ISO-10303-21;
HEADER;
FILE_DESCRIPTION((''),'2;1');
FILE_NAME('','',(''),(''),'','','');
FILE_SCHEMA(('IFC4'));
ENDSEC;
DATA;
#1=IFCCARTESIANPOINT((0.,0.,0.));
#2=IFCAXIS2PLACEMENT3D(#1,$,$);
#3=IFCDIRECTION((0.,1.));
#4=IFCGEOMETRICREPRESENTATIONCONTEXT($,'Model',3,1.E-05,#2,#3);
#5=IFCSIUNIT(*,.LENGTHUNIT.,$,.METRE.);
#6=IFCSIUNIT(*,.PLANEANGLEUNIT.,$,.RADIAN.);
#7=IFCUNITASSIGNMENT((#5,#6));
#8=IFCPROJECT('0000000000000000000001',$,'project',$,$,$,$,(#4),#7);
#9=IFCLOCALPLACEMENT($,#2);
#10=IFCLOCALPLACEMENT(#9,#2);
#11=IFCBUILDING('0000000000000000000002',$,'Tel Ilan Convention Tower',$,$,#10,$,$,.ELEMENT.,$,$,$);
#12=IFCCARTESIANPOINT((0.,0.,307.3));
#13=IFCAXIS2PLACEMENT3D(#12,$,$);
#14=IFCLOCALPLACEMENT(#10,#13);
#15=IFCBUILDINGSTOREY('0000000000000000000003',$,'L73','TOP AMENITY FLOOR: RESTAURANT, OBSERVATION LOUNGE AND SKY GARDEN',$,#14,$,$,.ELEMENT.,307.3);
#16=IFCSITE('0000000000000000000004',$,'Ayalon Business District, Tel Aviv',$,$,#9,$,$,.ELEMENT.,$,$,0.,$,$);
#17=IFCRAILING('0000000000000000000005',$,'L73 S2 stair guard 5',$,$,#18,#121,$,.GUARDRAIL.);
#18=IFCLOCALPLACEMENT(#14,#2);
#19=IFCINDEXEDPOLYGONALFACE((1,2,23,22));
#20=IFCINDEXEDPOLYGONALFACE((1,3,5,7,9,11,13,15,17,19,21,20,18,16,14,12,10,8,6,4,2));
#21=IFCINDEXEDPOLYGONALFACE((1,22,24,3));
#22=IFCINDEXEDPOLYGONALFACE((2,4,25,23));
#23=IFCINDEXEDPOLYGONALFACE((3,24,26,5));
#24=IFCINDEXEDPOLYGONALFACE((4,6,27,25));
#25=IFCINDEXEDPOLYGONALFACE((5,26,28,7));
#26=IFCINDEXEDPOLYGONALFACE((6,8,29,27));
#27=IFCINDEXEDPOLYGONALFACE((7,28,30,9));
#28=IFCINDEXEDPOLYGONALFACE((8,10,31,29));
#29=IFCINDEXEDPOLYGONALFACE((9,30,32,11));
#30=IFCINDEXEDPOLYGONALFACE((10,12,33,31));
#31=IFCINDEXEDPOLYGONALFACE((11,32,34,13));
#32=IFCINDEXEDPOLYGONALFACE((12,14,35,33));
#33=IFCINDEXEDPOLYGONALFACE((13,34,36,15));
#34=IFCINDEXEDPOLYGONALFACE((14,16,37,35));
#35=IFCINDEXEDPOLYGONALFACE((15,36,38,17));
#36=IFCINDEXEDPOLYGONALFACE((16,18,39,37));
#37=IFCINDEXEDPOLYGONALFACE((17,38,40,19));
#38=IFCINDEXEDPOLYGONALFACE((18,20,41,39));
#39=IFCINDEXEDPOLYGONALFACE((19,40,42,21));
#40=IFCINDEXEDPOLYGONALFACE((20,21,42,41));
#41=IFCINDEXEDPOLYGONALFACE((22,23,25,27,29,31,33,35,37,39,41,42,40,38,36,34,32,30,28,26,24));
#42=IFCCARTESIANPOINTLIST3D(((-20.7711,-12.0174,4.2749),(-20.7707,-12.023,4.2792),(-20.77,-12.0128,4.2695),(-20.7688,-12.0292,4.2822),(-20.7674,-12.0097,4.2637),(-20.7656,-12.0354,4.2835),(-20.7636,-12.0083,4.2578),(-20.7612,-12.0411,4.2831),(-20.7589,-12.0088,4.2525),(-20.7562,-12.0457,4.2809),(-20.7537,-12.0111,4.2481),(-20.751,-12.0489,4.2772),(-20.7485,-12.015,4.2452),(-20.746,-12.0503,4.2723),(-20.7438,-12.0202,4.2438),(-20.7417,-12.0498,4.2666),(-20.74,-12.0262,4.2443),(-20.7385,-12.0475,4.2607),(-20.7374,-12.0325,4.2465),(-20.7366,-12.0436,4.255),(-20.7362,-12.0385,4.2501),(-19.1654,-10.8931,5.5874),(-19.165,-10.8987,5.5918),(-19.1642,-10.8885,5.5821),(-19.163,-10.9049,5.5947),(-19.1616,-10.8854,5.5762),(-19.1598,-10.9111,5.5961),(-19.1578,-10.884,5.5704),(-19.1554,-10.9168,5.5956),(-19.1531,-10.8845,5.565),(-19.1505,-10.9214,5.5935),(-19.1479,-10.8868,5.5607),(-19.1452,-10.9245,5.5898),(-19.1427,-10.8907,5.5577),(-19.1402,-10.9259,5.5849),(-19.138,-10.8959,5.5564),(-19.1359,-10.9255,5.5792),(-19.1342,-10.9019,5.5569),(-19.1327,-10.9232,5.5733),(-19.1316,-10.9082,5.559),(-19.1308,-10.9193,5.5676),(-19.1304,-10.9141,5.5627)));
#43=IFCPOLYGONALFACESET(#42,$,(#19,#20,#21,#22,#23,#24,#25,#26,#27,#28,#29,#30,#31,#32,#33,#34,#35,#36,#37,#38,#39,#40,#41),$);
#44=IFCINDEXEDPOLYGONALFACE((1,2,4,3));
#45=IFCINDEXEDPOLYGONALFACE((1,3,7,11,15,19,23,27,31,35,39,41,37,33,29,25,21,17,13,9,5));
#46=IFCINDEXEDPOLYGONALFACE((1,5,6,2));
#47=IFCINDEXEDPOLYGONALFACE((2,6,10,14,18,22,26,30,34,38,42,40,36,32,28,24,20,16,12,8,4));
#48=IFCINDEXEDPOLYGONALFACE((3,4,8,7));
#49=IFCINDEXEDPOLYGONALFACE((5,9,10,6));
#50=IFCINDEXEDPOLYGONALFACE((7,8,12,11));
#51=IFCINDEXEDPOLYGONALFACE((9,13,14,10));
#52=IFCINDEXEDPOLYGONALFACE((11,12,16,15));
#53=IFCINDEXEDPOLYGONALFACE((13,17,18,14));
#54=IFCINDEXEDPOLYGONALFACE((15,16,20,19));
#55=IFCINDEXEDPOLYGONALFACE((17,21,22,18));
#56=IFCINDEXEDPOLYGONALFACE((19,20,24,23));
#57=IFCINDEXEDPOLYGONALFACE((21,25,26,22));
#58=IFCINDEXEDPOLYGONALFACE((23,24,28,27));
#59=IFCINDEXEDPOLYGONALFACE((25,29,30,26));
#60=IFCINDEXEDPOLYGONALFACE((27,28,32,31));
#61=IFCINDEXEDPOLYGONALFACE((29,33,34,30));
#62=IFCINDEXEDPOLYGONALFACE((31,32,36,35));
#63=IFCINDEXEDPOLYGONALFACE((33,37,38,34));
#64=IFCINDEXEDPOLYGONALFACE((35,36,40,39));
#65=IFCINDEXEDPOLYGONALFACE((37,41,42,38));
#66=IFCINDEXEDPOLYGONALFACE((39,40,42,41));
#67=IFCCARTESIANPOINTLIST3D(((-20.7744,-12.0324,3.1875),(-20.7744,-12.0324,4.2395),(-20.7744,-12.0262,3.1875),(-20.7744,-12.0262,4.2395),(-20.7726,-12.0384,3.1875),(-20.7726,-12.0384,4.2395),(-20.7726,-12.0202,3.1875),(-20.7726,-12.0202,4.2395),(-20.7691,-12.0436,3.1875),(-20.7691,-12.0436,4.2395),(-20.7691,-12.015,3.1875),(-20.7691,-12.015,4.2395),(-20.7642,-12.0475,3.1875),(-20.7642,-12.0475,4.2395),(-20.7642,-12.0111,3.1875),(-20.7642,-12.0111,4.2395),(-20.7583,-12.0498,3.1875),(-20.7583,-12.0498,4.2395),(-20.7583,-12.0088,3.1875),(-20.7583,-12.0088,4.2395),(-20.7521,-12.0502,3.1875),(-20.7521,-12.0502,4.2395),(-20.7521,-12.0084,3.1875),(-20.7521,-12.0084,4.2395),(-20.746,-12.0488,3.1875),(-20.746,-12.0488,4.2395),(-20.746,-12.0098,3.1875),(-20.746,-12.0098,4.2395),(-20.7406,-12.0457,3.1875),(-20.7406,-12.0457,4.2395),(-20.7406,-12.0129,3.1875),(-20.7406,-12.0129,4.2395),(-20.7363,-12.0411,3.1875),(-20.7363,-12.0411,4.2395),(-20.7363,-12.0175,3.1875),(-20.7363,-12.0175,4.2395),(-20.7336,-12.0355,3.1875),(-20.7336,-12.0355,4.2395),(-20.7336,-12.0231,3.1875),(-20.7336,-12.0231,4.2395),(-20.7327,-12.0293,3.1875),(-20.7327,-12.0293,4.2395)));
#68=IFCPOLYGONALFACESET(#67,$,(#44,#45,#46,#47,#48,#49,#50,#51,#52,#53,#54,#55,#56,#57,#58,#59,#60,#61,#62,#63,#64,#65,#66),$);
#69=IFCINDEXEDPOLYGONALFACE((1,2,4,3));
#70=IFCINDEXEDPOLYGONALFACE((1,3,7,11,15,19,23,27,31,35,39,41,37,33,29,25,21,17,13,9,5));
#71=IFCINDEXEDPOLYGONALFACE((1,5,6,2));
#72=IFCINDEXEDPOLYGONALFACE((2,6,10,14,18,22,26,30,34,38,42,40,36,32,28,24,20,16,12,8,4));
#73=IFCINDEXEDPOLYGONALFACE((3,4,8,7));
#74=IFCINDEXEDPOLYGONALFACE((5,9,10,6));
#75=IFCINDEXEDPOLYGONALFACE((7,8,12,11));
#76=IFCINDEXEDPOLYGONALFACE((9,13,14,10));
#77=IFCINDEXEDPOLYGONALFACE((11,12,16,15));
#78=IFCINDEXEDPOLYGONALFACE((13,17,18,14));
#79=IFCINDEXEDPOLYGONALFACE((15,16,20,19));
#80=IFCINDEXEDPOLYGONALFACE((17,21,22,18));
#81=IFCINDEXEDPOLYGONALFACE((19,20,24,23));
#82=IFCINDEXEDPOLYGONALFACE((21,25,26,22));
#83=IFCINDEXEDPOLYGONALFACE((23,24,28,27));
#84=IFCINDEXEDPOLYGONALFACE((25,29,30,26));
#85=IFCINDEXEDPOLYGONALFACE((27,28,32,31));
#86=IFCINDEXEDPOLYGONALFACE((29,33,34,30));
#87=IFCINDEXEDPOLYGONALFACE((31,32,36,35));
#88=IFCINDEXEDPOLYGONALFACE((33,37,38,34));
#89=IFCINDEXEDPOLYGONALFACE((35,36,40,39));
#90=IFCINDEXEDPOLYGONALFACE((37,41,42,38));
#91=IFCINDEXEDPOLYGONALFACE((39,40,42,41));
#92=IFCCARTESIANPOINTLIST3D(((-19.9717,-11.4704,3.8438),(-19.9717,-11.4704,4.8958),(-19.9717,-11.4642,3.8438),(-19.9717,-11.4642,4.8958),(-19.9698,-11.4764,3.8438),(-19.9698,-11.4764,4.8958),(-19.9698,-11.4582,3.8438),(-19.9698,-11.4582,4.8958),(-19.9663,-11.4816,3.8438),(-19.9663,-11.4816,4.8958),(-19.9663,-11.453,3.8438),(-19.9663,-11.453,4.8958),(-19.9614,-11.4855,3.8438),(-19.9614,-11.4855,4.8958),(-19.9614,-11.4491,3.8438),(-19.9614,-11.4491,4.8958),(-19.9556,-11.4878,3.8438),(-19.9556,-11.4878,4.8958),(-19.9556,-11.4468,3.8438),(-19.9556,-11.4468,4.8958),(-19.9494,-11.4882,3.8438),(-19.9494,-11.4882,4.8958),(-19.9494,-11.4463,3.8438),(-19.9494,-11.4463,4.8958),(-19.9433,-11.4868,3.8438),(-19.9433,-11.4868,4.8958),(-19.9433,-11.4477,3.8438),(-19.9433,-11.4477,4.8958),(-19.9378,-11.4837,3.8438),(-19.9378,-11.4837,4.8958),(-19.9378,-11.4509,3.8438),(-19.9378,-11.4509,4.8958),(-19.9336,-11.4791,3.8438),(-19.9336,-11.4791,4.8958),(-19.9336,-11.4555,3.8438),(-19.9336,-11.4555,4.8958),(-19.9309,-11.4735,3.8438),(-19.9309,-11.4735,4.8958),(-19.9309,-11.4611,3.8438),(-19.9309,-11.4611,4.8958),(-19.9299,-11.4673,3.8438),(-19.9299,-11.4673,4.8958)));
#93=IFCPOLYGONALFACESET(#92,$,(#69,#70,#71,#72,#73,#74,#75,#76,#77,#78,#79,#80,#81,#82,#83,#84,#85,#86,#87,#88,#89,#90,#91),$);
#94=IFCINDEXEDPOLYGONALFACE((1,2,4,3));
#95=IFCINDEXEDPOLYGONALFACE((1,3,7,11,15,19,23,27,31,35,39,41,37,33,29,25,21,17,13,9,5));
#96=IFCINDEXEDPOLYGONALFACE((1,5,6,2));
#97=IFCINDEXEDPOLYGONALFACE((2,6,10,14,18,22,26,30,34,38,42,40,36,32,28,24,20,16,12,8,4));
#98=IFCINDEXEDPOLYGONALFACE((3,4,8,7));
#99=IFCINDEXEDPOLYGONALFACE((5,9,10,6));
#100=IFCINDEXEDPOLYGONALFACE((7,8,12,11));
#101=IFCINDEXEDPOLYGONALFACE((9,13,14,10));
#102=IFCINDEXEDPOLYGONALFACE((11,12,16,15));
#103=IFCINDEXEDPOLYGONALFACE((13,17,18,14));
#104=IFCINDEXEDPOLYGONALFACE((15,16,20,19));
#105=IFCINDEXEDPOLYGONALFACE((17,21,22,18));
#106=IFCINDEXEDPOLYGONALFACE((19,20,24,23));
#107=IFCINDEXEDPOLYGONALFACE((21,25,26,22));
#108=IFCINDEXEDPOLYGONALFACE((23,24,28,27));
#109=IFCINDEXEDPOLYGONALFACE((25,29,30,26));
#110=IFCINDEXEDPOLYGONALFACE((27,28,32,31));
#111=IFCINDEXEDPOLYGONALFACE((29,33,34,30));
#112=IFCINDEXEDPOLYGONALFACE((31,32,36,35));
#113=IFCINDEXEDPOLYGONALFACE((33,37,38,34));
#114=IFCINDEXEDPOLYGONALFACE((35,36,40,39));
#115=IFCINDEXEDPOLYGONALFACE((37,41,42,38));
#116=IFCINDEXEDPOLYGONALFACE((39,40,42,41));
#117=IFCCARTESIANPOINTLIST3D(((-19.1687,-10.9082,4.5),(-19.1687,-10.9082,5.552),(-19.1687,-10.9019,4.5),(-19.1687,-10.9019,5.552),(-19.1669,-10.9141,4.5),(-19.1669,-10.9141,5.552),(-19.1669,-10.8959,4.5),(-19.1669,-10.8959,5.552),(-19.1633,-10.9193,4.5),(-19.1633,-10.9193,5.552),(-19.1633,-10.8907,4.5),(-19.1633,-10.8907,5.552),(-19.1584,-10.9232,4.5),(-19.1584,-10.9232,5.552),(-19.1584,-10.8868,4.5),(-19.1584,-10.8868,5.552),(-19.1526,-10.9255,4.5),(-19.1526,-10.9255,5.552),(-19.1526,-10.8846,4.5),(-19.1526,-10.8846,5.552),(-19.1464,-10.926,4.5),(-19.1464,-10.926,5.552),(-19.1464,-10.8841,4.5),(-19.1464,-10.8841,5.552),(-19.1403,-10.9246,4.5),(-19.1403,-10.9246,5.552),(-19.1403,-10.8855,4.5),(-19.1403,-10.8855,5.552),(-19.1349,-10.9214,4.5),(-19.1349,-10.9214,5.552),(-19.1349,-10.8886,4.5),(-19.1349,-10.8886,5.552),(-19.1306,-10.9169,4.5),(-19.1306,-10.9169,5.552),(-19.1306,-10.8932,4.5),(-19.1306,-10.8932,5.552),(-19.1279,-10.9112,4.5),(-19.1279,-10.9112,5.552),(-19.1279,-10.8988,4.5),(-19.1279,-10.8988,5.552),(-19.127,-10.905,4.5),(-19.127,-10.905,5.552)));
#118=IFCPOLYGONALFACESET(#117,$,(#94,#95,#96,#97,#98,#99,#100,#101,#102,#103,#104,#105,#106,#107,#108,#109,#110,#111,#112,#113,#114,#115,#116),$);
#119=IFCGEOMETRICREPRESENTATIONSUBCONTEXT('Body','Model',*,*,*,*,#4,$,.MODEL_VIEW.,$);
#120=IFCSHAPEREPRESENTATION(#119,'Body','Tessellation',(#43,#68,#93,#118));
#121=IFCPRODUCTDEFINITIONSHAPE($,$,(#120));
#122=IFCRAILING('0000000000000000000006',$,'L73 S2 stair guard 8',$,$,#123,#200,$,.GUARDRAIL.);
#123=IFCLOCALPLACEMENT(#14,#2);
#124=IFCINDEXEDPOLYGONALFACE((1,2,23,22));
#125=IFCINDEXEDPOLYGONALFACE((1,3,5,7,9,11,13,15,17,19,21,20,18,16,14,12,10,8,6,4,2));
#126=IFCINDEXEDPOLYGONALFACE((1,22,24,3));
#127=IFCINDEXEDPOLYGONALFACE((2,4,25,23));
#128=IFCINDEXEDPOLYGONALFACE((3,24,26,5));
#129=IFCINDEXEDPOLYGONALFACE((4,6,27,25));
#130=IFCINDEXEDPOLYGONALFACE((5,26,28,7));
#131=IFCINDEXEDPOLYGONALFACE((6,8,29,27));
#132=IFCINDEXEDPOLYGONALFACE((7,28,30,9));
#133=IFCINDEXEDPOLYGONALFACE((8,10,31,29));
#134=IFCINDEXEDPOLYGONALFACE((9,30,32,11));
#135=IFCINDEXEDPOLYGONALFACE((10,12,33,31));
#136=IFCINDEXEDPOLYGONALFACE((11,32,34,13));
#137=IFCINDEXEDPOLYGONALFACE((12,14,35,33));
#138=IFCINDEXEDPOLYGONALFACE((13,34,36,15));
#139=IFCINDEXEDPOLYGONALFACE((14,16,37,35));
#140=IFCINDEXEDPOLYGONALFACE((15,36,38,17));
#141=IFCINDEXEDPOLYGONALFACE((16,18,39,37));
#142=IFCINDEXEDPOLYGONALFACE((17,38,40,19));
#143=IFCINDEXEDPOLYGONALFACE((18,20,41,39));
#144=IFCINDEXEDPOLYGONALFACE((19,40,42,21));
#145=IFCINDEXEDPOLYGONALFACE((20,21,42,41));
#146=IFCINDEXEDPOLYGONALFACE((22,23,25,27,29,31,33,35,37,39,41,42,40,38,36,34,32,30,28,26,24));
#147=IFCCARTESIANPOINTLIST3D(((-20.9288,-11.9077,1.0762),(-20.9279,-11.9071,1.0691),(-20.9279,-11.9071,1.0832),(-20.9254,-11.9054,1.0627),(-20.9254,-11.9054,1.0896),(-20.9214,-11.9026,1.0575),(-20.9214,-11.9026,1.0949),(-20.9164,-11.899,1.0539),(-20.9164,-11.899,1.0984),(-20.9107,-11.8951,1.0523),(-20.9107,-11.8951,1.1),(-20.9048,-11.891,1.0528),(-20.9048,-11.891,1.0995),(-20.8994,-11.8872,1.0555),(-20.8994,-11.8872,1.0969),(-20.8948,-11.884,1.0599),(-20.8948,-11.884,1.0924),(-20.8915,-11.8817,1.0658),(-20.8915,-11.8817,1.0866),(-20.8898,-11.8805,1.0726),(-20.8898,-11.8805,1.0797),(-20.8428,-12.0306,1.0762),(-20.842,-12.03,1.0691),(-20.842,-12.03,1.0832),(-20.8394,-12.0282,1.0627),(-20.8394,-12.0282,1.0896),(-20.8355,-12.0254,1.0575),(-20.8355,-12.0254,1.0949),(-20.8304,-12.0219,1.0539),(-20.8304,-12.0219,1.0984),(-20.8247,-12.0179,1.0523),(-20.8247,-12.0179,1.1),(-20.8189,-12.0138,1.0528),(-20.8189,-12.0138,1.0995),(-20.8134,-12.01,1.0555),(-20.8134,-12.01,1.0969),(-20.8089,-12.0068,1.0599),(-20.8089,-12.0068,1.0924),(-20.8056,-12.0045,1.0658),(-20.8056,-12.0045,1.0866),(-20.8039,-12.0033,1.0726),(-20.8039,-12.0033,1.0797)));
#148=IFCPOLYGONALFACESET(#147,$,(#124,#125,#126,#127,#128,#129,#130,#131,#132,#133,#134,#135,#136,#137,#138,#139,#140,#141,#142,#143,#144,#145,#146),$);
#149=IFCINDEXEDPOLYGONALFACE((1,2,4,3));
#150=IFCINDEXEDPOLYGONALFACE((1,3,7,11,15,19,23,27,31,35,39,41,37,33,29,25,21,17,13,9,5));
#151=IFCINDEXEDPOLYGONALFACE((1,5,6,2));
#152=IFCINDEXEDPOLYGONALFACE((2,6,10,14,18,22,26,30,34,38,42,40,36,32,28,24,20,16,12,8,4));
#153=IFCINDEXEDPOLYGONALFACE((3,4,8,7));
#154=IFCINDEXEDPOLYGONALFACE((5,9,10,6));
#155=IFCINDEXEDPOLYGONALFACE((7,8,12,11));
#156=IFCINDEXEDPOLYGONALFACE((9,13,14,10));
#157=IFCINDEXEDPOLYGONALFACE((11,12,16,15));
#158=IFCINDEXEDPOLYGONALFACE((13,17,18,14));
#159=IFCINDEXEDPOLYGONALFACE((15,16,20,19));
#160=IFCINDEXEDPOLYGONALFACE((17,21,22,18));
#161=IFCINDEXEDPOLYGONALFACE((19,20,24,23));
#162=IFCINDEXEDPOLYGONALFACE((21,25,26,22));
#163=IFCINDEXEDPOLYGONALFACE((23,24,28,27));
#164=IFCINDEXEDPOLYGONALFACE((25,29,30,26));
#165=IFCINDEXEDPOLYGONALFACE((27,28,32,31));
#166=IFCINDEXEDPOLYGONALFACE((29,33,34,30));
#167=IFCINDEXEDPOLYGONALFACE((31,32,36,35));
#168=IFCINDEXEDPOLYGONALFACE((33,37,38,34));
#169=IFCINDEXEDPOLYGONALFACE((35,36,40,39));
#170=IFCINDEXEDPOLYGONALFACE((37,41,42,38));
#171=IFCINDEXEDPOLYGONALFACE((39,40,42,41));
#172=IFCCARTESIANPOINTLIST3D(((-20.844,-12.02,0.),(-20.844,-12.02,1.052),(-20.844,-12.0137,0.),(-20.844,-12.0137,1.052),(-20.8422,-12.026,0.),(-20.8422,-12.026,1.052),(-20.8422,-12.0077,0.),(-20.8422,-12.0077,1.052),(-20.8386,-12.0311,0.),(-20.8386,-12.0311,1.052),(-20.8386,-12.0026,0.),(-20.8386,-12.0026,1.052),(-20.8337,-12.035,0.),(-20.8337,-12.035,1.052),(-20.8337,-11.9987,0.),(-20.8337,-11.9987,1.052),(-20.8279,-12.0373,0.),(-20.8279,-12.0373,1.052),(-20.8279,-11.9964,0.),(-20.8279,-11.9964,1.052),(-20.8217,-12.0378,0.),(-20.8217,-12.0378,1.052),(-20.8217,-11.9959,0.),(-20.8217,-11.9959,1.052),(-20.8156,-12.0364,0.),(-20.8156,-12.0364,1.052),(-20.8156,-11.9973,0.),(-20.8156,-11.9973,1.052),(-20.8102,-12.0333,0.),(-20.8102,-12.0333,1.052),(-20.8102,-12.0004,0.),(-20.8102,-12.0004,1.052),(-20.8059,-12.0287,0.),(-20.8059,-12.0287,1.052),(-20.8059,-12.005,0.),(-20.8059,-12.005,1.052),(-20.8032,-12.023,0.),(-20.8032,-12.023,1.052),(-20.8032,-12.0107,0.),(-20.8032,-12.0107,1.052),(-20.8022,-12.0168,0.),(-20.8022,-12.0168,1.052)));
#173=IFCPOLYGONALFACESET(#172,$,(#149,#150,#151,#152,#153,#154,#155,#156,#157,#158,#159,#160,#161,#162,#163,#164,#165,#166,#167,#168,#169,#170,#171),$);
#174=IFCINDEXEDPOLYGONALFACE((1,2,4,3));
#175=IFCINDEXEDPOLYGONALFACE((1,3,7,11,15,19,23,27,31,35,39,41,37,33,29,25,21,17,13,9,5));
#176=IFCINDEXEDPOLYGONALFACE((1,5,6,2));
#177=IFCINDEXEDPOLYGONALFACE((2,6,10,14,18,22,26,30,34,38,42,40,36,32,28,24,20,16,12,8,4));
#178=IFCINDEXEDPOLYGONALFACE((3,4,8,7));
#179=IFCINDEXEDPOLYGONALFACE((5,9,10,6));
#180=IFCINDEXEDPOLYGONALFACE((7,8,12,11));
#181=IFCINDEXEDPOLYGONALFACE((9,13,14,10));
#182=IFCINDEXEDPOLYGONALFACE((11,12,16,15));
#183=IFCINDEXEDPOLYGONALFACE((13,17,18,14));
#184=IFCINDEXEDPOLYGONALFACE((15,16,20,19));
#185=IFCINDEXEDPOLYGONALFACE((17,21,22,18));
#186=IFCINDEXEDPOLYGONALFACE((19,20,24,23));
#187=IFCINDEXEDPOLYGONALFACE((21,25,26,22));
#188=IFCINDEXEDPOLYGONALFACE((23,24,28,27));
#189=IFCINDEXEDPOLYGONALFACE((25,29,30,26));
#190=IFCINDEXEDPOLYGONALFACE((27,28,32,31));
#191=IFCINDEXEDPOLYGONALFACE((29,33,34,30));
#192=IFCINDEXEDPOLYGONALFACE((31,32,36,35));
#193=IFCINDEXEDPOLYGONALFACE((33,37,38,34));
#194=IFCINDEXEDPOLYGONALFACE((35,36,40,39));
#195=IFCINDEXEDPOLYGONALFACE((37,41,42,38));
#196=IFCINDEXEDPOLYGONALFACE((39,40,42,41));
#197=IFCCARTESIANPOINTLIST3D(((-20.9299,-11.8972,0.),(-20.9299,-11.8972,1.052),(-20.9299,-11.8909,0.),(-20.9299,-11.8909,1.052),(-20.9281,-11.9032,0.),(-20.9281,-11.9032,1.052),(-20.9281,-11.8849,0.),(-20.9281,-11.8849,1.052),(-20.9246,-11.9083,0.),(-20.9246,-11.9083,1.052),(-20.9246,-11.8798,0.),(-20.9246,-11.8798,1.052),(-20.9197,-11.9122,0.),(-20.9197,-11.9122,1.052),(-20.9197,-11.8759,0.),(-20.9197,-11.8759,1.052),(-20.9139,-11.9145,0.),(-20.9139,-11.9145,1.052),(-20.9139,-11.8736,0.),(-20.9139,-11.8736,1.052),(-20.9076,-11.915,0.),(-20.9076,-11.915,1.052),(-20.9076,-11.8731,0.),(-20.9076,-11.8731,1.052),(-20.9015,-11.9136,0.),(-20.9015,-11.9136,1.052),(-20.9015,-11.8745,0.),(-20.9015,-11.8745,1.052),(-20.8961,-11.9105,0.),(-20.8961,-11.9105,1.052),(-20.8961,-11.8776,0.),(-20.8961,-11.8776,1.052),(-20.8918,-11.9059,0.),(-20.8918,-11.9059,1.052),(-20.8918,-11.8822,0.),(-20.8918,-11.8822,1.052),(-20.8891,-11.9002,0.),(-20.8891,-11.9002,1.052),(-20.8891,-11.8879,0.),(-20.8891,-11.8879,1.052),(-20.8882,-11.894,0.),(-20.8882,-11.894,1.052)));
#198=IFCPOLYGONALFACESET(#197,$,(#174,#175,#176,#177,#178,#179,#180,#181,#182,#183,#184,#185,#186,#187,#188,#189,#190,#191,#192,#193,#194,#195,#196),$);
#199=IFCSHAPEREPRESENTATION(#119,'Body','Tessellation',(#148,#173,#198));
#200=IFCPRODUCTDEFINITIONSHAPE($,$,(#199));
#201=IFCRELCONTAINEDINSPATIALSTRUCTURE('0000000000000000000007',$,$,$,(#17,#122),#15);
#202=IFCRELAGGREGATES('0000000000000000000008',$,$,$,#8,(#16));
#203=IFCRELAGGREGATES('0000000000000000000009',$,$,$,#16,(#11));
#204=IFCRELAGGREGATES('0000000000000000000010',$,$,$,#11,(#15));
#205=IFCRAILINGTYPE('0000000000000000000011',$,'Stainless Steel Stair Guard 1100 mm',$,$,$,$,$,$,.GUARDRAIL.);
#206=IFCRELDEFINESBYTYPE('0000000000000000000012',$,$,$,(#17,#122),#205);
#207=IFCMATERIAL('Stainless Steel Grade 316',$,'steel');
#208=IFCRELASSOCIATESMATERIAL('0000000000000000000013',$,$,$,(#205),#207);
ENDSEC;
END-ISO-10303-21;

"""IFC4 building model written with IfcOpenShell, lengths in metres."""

from ifc_helpers import new_model, si_unit, direction, frame, origin, origin_2d, place, context, subcontext, project, spatial, circle, extrude, material, type_object, element, save


model = new_model("IFC4")

# Units and contexts
model_context = context("Model", 3, precision=1e-05, world=origin(), true_north=direction((0.0, 1.0)))
body_context = subcontext(model_context, "Body", "Model", "MODEL_VIEW")
ifc_project = project(units=[si_unit("LENGTHUNIT", "METRE"), si_unit("PLANEANGLEUNIT", "RADIAN")], contexts=[model_context])

# Site, building, storey
site_placement = place(None, origin())
site = spatial("IfcSite", under=ifc_project, at=site_placement, Name="Ayalon Business District, Tel Aviv", CompositionType="ELEMENT", RefElevation=0.0)
building_placement = place(site_placement, origin())
building = spatial("IfcBuilding", under=site, at=building_placement, Name="Tel Ilan Convention Tower", CompositionType="ELEMENT")
storey_placement = place(building_placement, frame((0.0, 0.0, 307.3)))
storey = spatial("IfcBuildingStorey", under=building, at=storey_placement, Name="L73", Description="TOP AMENITY FLOOR: RESTAURANT, OBSERVATION LOUNGE AND SKY GARDEN", CompositionType="ELEMENT", Elevation=307.3)

# Railings
ifc_material_1 = material(Name="Stainless Steel Grade 316", Category="steel")
railing_type = type_object("IfcRailingType", Name="Stainless Steel Stair Guard 1100 mm", PredefinedType="GUARDRAIL", material=ifc_material_1)
railing_1_placement = place(storey_placement, frame((-20.7537, -12.0293, 3.1875)))
element("IfcRailing", 1, at=railing_1_placement, inside=storey, type_object=railing_type, Name="L73 S2 stair guard 5", PredefinedType="GUARDRAIL", context=body_context, shape_type="SweptSolid", body=[
    extrude(circle(Radius=0.0239, at=origin_2d()), frame((0.0, 0.0, 1.0762), z_axis=(0.680671, 0.476584, 0.556376), x_axis=(-0.573554, 0.819168, 0.0)), (0.0, 0.0, 1.0), 2.3591),
    extrude(circle(Radius=0.021, at=origin_2d()), origin(), (0.0, 0.0, 1.0), 1.052),
    extrude(circle(Radius=0.021, at=origin_2d()), frame((0.8027, 0.562, 0.6562)), (0.0, 0.0, 1.0), 1.052),
    extrude(circle(Radius=0.021, at=origin_2d()), frame((1.6057, 1.1243, 1.3125)), (0.0, 0.0, 1.0), 1.052),
])
railing_2_placement = place(storey_placement, frame((-20.8232, -12.0168, 0.0)))
element("IfcRailing", 2, at=railing_2_placement, inside=storey, type_object=railing_type, Name="L73 S2 stair guard 8", PredefinedType="GUARDRAIL", context=body_context, shape_type="SweptSolid", body=[
    extrude(circle(Radius=0.0239, at=origin_2d()), frame((0.0, 0.0, 1.0762), z_axis=(-0.573353, 0.819308, 0.0), x_axis=(-0.819308, -0.573353, 0.0)), (0.0, 0.0, 1.0), 0.1499),
    extrude(circle(Radius=0.021, at=origin_2d()), origin(), (0.0, 0.0, 1.0), 1.052),
    extrude(circle(Radius=0.021, at=origin_2d()), frame((-0.0859, 0.1228, 0.0)), (0.0, 0.0, 1.0), 1.052),
])

save(model, "model.ifc")
